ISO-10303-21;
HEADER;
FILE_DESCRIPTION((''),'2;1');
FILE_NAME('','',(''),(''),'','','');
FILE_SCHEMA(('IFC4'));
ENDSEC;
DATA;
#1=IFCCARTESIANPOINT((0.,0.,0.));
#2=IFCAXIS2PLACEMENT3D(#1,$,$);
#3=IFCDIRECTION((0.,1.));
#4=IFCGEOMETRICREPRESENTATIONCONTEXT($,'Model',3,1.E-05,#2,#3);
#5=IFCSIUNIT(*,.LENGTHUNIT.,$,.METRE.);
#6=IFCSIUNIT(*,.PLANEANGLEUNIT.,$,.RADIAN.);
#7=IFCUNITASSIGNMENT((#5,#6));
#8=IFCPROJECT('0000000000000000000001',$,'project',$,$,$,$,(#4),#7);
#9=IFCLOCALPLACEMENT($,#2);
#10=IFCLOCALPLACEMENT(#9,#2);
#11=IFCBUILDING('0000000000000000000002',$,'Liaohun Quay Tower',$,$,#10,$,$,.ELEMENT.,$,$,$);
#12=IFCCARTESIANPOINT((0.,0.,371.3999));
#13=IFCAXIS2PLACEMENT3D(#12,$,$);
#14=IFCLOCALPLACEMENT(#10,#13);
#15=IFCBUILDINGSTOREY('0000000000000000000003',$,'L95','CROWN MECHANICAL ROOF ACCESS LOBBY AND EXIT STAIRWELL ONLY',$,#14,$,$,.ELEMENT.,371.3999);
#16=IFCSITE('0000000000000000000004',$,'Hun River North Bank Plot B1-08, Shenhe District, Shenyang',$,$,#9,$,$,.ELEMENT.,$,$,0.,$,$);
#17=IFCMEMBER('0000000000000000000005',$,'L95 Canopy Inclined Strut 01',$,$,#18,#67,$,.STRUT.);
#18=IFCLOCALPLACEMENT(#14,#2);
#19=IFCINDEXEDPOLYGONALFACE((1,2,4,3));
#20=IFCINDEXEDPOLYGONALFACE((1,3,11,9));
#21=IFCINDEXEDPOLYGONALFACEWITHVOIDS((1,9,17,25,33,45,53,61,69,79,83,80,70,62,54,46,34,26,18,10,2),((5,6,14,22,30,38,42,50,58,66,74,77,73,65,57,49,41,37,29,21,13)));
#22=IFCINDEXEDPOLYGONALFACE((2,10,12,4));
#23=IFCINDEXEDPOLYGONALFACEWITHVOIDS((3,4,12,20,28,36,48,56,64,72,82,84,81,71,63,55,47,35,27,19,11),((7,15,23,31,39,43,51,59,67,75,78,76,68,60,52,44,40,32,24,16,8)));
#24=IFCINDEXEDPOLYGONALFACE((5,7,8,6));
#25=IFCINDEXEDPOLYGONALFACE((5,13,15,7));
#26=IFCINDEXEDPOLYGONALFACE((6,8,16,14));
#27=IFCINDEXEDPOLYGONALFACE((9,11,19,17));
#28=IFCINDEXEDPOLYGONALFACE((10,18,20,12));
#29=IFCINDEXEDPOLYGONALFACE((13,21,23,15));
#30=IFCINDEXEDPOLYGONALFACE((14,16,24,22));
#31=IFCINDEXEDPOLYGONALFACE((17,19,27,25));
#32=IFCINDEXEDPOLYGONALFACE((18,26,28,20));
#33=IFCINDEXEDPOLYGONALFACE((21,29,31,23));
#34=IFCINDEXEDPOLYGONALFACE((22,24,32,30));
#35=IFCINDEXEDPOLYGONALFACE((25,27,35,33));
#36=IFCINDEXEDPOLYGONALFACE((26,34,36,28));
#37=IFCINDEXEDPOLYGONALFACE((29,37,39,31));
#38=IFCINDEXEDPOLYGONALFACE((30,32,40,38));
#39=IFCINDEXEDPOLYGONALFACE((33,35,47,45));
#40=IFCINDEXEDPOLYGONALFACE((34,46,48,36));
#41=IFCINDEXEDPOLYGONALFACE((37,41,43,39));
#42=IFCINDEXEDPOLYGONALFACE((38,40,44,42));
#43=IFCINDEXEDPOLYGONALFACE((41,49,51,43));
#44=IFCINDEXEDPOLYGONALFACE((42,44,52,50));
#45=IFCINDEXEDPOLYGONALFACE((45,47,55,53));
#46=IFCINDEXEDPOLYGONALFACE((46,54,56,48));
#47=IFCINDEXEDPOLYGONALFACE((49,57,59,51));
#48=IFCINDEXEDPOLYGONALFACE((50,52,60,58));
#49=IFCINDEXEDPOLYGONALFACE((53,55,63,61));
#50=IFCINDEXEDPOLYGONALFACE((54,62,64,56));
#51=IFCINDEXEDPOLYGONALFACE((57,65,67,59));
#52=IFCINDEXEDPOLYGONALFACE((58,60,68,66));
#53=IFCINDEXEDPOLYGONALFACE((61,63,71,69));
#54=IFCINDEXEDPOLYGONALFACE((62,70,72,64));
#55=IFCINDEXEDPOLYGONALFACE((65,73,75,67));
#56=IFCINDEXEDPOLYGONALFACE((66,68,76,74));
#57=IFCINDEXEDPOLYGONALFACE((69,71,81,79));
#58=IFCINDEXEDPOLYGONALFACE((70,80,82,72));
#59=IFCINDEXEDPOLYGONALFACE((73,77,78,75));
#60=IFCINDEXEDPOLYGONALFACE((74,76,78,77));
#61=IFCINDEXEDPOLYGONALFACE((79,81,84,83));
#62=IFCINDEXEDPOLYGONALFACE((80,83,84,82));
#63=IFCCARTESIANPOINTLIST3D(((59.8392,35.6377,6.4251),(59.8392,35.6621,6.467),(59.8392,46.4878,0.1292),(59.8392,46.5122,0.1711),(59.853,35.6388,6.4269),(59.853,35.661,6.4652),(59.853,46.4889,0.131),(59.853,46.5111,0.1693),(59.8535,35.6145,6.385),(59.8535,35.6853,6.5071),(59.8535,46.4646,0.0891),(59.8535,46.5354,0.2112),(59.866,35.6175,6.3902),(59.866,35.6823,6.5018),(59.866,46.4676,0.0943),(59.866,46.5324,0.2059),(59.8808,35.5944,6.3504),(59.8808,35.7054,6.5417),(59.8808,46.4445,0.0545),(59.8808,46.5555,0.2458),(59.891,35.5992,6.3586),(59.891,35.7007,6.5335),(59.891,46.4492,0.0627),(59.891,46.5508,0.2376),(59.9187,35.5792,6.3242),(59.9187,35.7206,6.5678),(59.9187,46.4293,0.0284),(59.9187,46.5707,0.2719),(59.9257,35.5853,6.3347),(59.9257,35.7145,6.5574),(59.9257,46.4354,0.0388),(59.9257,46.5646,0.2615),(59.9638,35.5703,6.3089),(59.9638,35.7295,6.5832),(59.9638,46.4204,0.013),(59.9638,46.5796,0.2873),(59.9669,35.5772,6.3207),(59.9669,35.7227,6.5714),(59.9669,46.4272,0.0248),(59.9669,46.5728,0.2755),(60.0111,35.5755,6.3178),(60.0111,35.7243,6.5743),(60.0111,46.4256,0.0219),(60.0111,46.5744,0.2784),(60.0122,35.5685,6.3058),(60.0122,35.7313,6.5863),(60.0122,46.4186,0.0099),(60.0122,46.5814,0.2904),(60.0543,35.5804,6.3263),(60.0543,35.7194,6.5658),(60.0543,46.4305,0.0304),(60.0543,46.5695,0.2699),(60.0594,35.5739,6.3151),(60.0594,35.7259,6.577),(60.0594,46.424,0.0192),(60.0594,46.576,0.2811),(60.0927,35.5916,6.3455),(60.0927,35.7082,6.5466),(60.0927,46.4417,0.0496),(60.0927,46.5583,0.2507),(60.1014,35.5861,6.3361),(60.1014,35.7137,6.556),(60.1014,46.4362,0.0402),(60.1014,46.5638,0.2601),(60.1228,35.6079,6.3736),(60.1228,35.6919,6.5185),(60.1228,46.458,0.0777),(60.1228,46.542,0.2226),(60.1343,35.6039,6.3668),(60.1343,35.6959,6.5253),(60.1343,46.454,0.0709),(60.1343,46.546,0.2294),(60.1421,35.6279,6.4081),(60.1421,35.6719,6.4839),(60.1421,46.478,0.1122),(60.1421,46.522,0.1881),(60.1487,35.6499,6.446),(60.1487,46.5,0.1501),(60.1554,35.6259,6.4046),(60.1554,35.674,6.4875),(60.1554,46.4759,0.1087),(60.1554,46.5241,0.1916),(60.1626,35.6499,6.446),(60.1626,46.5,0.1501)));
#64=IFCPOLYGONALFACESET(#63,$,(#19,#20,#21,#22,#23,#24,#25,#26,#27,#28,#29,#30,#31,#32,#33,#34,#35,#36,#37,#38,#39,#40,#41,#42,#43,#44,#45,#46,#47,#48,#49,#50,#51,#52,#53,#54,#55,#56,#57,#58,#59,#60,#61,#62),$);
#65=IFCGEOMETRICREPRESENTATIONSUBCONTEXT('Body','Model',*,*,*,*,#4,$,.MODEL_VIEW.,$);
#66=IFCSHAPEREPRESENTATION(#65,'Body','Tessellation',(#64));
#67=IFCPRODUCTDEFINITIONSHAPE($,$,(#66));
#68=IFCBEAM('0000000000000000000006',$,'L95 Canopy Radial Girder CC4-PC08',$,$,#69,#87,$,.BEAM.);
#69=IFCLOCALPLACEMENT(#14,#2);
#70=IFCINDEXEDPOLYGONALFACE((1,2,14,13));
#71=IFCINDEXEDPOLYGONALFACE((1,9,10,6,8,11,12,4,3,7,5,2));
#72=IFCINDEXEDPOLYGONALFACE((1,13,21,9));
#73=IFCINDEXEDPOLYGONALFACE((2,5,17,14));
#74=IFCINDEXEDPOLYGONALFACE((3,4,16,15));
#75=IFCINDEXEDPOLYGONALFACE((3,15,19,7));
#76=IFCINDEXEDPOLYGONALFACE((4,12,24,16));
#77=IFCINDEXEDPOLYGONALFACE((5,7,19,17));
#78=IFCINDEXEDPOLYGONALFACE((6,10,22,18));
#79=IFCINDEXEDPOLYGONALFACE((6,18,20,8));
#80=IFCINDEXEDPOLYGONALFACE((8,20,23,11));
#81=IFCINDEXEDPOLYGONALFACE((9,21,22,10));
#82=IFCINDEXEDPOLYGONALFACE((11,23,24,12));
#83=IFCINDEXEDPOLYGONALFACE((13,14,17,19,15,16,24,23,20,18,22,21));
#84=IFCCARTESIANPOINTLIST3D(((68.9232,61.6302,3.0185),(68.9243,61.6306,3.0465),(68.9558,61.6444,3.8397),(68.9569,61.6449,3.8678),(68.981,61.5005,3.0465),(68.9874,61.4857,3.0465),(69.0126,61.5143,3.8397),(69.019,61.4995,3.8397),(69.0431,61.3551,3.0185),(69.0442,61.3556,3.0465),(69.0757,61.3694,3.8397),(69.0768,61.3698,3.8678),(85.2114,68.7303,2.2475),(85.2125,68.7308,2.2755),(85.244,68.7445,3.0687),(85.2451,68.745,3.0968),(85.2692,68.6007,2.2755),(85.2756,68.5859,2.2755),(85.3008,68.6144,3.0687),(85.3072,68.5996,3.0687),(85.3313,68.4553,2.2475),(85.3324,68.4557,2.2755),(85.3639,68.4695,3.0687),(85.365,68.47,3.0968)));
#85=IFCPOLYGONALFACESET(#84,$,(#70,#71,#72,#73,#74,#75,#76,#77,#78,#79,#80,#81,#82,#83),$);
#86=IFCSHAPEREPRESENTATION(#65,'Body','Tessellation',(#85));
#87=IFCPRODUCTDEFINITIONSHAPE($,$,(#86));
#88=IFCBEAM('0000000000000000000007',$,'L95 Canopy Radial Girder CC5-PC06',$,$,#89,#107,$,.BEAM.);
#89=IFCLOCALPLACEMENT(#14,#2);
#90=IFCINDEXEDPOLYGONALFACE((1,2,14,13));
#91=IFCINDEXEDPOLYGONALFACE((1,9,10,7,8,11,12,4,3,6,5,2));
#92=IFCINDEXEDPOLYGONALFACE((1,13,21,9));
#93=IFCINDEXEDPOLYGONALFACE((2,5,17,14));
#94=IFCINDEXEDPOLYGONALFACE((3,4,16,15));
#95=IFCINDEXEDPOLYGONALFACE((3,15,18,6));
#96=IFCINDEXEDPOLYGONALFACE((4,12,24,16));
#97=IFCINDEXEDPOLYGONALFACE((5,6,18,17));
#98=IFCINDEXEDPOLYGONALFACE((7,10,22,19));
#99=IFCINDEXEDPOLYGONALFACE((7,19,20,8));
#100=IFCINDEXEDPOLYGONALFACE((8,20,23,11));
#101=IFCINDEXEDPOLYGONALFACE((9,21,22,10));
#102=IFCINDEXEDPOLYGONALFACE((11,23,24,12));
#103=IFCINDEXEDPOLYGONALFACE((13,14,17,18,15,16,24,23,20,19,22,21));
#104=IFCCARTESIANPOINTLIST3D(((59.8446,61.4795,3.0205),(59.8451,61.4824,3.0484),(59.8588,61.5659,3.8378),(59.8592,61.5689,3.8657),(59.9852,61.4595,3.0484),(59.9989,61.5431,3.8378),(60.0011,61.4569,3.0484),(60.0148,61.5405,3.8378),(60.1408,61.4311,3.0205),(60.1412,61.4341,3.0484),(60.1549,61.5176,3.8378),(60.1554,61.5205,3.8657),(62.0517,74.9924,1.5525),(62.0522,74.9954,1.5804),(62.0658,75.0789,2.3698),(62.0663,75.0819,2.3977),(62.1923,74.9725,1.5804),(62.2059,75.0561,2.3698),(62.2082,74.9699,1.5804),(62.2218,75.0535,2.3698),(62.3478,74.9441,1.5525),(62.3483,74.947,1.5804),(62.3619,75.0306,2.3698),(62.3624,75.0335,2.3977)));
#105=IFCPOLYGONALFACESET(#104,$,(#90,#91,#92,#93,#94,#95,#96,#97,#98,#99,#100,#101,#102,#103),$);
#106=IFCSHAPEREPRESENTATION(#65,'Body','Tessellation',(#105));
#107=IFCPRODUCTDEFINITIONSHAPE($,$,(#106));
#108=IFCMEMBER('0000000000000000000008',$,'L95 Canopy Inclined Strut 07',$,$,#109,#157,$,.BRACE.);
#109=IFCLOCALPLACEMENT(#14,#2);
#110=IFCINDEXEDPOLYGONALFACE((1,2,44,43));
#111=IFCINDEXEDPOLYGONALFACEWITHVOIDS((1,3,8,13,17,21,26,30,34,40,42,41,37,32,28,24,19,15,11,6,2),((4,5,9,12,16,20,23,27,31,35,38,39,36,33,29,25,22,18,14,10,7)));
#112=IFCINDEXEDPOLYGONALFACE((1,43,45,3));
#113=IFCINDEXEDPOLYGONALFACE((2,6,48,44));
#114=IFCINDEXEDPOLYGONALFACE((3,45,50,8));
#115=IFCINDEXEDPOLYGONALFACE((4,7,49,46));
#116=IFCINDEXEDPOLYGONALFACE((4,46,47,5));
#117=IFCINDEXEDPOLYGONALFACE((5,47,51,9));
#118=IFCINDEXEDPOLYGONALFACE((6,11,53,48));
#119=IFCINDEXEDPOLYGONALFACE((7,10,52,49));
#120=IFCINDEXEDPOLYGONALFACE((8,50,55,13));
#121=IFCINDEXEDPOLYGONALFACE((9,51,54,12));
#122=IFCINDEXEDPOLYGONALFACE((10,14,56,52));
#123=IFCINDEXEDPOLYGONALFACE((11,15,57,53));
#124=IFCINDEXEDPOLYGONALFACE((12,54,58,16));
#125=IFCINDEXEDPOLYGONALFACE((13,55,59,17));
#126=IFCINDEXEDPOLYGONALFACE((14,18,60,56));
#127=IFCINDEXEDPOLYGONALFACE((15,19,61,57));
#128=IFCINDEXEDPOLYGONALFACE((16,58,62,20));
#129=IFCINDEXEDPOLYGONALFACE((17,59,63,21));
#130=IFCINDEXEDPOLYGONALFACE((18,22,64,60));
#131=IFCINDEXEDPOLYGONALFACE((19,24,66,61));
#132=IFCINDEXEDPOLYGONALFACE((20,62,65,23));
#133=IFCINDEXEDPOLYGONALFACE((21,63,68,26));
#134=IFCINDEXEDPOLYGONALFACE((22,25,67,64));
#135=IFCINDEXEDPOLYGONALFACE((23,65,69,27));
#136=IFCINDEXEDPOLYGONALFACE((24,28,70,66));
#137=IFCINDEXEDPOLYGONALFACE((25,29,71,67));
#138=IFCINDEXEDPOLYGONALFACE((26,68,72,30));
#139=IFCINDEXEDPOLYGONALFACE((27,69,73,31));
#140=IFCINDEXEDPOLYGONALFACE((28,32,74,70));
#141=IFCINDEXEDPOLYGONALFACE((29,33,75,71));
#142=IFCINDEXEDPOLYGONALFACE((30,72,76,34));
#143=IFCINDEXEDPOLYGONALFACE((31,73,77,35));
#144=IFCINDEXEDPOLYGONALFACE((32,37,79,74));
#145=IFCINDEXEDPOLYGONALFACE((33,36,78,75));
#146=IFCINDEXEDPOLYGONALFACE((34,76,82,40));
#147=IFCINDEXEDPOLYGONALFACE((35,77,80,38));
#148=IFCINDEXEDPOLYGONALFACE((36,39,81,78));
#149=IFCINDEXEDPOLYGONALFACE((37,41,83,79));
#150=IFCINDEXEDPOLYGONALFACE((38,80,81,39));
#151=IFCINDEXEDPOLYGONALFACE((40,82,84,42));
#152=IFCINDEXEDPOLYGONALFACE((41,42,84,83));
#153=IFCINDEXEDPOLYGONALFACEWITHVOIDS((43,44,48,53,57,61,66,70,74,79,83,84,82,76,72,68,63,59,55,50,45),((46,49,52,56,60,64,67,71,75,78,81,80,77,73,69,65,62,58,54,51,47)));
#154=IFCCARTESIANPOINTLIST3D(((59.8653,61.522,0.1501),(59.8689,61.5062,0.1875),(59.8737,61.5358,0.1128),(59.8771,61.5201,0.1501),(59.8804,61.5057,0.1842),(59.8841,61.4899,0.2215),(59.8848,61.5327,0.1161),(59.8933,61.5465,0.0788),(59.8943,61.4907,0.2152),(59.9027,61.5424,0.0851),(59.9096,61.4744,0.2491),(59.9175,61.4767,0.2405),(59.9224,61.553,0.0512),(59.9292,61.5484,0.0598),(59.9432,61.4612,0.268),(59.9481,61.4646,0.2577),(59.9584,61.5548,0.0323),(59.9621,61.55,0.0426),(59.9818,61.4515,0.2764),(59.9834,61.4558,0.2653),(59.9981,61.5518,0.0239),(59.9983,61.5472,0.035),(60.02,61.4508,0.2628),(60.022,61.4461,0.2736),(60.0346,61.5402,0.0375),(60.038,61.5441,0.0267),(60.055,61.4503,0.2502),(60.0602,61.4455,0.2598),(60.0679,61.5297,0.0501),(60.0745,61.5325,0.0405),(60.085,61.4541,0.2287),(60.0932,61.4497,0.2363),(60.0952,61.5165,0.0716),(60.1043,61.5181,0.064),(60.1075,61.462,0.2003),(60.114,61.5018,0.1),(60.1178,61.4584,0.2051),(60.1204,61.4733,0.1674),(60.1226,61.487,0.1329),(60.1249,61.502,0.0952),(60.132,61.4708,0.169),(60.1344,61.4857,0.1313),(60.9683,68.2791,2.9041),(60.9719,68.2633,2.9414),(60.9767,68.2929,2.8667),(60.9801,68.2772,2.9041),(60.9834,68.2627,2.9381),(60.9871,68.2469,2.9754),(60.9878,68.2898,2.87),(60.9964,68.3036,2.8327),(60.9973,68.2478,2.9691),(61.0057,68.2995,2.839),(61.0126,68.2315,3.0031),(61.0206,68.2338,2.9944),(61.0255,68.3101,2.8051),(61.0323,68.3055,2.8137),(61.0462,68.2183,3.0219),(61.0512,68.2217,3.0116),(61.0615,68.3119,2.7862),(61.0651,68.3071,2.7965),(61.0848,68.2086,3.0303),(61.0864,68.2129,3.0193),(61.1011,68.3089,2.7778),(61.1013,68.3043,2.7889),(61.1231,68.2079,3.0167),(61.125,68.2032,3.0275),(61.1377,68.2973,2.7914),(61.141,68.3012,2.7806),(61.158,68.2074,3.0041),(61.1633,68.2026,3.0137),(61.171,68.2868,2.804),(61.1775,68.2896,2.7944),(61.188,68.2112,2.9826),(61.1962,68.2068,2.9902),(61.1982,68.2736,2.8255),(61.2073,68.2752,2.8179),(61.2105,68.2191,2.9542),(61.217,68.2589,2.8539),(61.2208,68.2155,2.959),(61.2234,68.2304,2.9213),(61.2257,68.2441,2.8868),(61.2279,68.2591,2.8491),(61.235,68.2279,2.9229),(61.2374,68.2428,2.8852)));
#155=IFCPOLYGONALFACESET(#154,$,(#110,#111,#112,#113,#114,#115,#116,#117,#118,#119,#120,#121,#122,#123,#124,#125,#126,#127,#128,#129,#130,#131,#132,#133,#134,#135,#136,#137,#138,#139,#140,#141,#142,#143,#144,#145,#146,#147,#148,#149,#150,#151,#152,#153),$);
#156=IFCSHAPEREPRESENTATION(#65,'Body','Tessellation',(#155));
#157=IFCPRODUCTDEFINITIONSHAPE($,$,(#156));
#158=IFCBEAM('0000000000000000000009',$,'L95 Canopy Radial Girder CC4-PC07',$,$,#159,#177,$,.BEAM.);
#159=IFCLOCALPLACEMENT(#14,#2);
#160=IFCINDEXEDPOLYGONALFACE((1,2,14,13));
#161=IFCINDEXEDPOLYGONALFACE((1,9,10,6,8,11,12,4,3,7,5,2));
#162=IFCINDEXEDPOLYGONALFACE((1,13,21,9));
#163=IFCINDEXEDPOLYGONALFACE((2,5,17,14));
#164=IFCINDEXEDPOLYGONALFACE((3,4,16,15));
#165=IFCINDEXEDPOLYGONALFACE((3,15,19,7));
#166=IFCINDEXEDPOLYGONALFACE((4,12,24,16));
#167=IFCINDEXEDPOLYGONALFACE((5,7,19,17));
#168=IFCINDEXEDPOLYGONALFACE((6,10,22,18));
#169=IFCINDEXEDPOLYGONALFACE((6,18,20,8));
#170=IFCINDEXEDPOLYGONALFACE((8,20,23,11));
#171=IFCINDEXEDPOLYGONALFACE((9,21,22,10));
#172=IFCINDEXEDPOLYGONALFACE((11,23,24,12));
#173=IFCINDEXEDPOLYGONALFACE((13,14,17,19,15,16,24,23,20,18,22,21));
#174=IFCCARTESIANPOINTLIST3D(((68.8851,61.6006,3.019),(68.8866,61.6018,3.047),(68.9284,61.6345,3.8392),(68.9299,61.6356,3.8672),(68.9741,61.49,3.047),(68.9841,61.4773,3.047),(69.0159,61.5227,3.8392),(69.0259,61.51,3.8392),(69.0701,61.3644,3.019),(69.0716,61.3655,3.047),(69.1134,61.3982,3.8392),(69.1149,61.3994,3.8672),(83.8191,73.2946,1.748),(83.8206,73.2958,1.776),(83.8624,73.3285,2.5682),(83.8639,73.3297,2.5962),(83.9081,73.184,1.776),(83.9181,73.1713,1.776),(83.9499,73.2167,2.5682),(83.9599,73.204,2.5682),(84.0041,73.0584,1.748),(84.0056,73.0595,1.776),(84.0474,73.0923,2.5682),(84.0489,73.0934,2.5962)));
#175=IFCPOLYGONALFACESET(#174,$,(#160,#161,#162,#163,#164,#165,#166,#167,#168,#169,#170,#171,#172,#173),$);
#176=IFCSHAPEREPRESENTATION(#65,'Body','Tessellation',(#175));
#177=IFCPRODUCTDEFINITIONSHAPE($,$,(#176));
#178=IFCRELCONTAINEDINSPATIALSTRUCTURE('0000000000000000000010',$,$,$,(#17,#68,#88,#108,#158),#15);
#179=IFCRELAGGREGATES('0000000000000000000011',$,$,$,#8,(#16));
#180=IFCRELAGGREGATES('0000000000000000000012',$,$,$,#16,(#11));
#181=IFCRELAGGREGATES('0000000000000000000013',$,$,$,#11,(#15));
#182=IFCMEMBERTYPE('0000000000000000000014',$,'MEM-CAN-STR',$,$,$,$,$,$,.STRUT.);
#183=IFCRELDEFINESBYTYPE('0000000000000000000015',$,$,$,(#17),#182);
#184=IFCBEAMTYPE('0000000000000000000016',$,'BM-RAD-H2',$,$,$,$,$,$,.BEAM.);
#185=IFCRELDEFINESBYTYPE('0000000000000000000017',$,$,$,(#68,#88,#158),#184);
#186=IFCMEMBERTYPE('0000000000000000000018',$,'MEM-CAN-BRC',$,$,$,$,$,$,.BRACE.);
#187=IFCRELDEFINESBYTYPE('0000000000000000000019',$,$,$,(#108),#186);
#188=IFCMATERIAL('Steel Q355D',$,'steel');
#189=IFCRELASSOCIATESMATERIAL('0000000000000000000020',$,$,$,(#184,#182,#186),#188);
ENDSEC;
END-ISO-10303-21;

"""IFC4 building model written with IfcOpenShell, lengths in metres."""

from ifc_helpers import new_model, si_unit, direction, frame, origin, origin_2d, place, context, subcontext, project, spatial, hollow_circle, i_section, extrude, source, transform, mapped, material, material_profile, profile_set, type_object, element, save


model = new_model("IFC4")

# Units and contexts
model_context = context("Model", 3, precision=1e-05, world=origin(), true_north=direction((0.0, 1.0)))
body_context = subcontext(model_context, "Body", "Model", "MODEL_VIEW")
ifc_project = project(units=[si_unit("LENGTHUNIT", "METRE"), si_unit("PLANEANGLEUNIT", "RADIAN")], contexts=[model_context])

# Site, building, storey
site_placement = place(None, origin())
site = spatial("IfcSite", under=ifc_project, at=site_placement, Name="Hun River North Bank Plot B1-08, Shenhe District, Shenyang", CompositionType="ELEMENT", RefElevation=0.0)
building_placement = place(site_placement, origin())
building = spatial("IfcBuilding", under=site, at=building_placement, Name="Liaohun Quay Tower", CompositionType="ELEMENT")
storey_placement = place(building_placement, frame((0.0, 0.0, 371.3999)))
storey = spatial("IfcBuildingStorey", under=building, at=storey_placement, Name="L95", Description="CROWN MECHANICAL ROOF ACCESS LOBBY AND EXIT STAIRWELL ONLY", CompositionType="ELEMENT", Elevation=371.3999)

# Shared definitions
ifc_material_1 = material(Name="Steel Q355D", Category="steel")

# Shared definitions
ifc_material_profile_1 = material_profile(ifc_material_1, i_section(OverallWidth=0.3, OverallDepth=0.8501, WebThickness=0.0161, FlangeThickness=0.0281, at=origin_2d()), Name="HN850x300x16x28")
ifc_profile_set_1 = profile_set([ifc_material_profile_1], Name="Steel Q355D")
beam_type_1 = type_object("IfcBeamType", Name="BM-RAD-H2", PredefinedType="BEAM", material=ifc_profile_set_1)

# Member
ifc_material_profile_2 = material_profile(ifc_material_1, hollow_circle(Radius=0.1626, WallThickness=0.0139, at=origin_2d()), Name="CHS325x14")
ifc_profile_set_2 = profile_set([ifc_material_profile_2], Name="Steel Q355D")
member_type_1 = type_object("IfcMemberType", Name="MEM-CAN-STR", PredefinedType="STRUT", material=ifc_profile_set_2)
shared_shape_1 = source(origin(), body_context, "Body", "SweptSolid", [
    extrude(hollow_circle(Radius=0.1626, WallThickness=0.0139, at=origin_2d()), origin(), (0.0, 0.0, 1.0), 12.5444),
])
member_1_placement = place(storey_placement, frame((60.0, 46.5, 0.1501), z_axis=(0.0, -0.864933, 0.501888), x_axis=(1.0, 0.0, 0.0)))
element("IfcMember", 1, at=member_1_placement, inside=storey, type_object=member_type_1, Name="L95 Canopy Inclined Strut 01", PredefinedType="STRUT", context=body_context, shape_type="MappedRepresentation", body=[
    mapped(shared_shape_1, transform((0.0, 0.0, 0.0), x_axis=(1.0, 0.0, 0.0), y_axis=(0.0, 1.0, 0.0), z_axis=(0.0, 0.0, 1.0), scale=1.0)),
])

# Beams
shared_shape_2 = source(origin(), body_context, "Body", "SweptSolid", [
    extrude(i_section(OverallWidth=0.3, OverallDepth=0.8501, WebThickness=0.0161, FlangeThickness=0.0281, at=origin_2d()), origin(), (0.0, 0.0, 1.0), 17.7852),
])
beam_1_placement = place(storey_placement, frame((69.0, 61.5, 3.4431), z_axis=(0.915831, 0.399217, -0.043351), x_axis=(-0.399593, 0.916693, 0.0)))
element("IfcBeam", 2, at=beam_1_placement, inside=storey, type_object=beam_type_1, Name="L95 Canopy Radial Girder CC4-PC08", PredefinedType="BEAM", context=body_context, shape_type="MappedRepresentation", body=[
    mapped(shared_shape_2, transform((0.0, 0.0, 0.0), x_axis=(1.0, 0.0, 0.0), y_axis=(0.0, 1.0, 0.0), z_axis=(0.0, 0.0, 1.0), scale=1.0)),
])
shared_shape_3 = source(origin(), body_context, "Body", "SweptSolid", [
    extrude(i_section(OverallWidth=0.3, OverallDepth=0.8501, WebThickness=0.0161, FlangeThickness=0.0281, at=origin_2d()), origin(), (0.0, 0.0, 1.0), 13.7705),
])
beam_2_placement = place(storey_placement, frame((60.0, 61.5, 3.4431), z_axis=(0.160273, 0.981299, -0.106606), x_axis=(-0.986923, 0.161191, 0.0)))
element("IfcBeam", 3, at=beam_2_placement, inside=storey, type_object=beam_type_1, Name="L95 Canopy Radial Girder CC5-PC06", PredefinedType="BEAM", context=body_context, shape_type="MappedRepresentation", body=[
    mapped(shared_shape_3, transform((0.0, 0.0, 0.0), x_axis=(1.0, 0.0, 0.0), y_axis=(0.0, 1.0, 0.0), z_axis=(0.0, 0.0, 1.0), scale=1.0)),
])

# Member
ifc_material_profile_3 = material_profile(ifc_material_1, hollow_circle(Radius=0.1365, WallThickness=0.012, at=origin_2d()), Name="CHS273x12")
ifc_profile_set_3 = profile_set([ifc_material_profile_3], Name="Steel Q355D")
member_type_2 = type_object("IfcMemberType", Name="MEM-CAN-BRC", PredefinedType="BRACE", material=ifc_profile_set_3)
shared_shape_4 = source(origin(), body_context, "Body", "SweptSolid", [
    extrude(hollow_circle(Radius=0.1365, WallThickness=0.012, at=origin_2d()), origin(), (0.0, 0.0, 1.0), 7.3796),
])
member_2_placement = place(storey_placement, frame((60.0, 61.5, 0.1501), z_axis=(0.149469, 0.915641, 0.373177), x_axis=(-0.986937, 0.161108, 0.0)))
element("IfcMember", 4, at=member_2_placement, inside=storey, type_object=member_type_2, Name="L95 Canopy Inclined Strut 07", PredefinedType="BRACE", context=body_context, shape_type="MappedRepresentation", body=[
    mapped(shared_shape_4, transform((0.0, 0.0, 0.0), x_axis=(1.0, 0.0, 0.0), y_axis=(0.0, 1.0, 0.0), z_axis=(0.0, 0.0, 1.0), scale=1.0)),
])

# Beam
shared_shape_5 = source(origin(), body_context, "Body", "SweptSolid", [
    extrude(i_section(OverallWidth=0.3, OverallDepth=0.8501, WebThickness=0.0161, FlangeThickness=0.0281, at=origin_2d()), origin(), (0.0, 0.0, 1.0), 19.0103),
])
beam_3_placement = place(storey_placement, frame((69.0, 61.5, 3.4431), z_axis=(0.785576, 0.615143, -0.066858), x_axis=(-0.616522, 0.787337, 0.0)))
element("IfcBeam", 5, at=beam_3_placement, inside=storey, type_object=beam_type_1, Name="L95 Canopy Radial Girder CC4-PC07", PredefinedType="BEAM", context=body_context, shape_type="MappedRepresentation", body=[
    mapped(shared_shape_5, transform((0.0, 0.0, 0.0), x_axis=(1.0, 0.0, 0.0), y_axis=(0.0, 1.0, 0.0), z_axis=(0.0, 0.0, 1.0), scale=1.0)),
])

save(model, "model.ifc")
